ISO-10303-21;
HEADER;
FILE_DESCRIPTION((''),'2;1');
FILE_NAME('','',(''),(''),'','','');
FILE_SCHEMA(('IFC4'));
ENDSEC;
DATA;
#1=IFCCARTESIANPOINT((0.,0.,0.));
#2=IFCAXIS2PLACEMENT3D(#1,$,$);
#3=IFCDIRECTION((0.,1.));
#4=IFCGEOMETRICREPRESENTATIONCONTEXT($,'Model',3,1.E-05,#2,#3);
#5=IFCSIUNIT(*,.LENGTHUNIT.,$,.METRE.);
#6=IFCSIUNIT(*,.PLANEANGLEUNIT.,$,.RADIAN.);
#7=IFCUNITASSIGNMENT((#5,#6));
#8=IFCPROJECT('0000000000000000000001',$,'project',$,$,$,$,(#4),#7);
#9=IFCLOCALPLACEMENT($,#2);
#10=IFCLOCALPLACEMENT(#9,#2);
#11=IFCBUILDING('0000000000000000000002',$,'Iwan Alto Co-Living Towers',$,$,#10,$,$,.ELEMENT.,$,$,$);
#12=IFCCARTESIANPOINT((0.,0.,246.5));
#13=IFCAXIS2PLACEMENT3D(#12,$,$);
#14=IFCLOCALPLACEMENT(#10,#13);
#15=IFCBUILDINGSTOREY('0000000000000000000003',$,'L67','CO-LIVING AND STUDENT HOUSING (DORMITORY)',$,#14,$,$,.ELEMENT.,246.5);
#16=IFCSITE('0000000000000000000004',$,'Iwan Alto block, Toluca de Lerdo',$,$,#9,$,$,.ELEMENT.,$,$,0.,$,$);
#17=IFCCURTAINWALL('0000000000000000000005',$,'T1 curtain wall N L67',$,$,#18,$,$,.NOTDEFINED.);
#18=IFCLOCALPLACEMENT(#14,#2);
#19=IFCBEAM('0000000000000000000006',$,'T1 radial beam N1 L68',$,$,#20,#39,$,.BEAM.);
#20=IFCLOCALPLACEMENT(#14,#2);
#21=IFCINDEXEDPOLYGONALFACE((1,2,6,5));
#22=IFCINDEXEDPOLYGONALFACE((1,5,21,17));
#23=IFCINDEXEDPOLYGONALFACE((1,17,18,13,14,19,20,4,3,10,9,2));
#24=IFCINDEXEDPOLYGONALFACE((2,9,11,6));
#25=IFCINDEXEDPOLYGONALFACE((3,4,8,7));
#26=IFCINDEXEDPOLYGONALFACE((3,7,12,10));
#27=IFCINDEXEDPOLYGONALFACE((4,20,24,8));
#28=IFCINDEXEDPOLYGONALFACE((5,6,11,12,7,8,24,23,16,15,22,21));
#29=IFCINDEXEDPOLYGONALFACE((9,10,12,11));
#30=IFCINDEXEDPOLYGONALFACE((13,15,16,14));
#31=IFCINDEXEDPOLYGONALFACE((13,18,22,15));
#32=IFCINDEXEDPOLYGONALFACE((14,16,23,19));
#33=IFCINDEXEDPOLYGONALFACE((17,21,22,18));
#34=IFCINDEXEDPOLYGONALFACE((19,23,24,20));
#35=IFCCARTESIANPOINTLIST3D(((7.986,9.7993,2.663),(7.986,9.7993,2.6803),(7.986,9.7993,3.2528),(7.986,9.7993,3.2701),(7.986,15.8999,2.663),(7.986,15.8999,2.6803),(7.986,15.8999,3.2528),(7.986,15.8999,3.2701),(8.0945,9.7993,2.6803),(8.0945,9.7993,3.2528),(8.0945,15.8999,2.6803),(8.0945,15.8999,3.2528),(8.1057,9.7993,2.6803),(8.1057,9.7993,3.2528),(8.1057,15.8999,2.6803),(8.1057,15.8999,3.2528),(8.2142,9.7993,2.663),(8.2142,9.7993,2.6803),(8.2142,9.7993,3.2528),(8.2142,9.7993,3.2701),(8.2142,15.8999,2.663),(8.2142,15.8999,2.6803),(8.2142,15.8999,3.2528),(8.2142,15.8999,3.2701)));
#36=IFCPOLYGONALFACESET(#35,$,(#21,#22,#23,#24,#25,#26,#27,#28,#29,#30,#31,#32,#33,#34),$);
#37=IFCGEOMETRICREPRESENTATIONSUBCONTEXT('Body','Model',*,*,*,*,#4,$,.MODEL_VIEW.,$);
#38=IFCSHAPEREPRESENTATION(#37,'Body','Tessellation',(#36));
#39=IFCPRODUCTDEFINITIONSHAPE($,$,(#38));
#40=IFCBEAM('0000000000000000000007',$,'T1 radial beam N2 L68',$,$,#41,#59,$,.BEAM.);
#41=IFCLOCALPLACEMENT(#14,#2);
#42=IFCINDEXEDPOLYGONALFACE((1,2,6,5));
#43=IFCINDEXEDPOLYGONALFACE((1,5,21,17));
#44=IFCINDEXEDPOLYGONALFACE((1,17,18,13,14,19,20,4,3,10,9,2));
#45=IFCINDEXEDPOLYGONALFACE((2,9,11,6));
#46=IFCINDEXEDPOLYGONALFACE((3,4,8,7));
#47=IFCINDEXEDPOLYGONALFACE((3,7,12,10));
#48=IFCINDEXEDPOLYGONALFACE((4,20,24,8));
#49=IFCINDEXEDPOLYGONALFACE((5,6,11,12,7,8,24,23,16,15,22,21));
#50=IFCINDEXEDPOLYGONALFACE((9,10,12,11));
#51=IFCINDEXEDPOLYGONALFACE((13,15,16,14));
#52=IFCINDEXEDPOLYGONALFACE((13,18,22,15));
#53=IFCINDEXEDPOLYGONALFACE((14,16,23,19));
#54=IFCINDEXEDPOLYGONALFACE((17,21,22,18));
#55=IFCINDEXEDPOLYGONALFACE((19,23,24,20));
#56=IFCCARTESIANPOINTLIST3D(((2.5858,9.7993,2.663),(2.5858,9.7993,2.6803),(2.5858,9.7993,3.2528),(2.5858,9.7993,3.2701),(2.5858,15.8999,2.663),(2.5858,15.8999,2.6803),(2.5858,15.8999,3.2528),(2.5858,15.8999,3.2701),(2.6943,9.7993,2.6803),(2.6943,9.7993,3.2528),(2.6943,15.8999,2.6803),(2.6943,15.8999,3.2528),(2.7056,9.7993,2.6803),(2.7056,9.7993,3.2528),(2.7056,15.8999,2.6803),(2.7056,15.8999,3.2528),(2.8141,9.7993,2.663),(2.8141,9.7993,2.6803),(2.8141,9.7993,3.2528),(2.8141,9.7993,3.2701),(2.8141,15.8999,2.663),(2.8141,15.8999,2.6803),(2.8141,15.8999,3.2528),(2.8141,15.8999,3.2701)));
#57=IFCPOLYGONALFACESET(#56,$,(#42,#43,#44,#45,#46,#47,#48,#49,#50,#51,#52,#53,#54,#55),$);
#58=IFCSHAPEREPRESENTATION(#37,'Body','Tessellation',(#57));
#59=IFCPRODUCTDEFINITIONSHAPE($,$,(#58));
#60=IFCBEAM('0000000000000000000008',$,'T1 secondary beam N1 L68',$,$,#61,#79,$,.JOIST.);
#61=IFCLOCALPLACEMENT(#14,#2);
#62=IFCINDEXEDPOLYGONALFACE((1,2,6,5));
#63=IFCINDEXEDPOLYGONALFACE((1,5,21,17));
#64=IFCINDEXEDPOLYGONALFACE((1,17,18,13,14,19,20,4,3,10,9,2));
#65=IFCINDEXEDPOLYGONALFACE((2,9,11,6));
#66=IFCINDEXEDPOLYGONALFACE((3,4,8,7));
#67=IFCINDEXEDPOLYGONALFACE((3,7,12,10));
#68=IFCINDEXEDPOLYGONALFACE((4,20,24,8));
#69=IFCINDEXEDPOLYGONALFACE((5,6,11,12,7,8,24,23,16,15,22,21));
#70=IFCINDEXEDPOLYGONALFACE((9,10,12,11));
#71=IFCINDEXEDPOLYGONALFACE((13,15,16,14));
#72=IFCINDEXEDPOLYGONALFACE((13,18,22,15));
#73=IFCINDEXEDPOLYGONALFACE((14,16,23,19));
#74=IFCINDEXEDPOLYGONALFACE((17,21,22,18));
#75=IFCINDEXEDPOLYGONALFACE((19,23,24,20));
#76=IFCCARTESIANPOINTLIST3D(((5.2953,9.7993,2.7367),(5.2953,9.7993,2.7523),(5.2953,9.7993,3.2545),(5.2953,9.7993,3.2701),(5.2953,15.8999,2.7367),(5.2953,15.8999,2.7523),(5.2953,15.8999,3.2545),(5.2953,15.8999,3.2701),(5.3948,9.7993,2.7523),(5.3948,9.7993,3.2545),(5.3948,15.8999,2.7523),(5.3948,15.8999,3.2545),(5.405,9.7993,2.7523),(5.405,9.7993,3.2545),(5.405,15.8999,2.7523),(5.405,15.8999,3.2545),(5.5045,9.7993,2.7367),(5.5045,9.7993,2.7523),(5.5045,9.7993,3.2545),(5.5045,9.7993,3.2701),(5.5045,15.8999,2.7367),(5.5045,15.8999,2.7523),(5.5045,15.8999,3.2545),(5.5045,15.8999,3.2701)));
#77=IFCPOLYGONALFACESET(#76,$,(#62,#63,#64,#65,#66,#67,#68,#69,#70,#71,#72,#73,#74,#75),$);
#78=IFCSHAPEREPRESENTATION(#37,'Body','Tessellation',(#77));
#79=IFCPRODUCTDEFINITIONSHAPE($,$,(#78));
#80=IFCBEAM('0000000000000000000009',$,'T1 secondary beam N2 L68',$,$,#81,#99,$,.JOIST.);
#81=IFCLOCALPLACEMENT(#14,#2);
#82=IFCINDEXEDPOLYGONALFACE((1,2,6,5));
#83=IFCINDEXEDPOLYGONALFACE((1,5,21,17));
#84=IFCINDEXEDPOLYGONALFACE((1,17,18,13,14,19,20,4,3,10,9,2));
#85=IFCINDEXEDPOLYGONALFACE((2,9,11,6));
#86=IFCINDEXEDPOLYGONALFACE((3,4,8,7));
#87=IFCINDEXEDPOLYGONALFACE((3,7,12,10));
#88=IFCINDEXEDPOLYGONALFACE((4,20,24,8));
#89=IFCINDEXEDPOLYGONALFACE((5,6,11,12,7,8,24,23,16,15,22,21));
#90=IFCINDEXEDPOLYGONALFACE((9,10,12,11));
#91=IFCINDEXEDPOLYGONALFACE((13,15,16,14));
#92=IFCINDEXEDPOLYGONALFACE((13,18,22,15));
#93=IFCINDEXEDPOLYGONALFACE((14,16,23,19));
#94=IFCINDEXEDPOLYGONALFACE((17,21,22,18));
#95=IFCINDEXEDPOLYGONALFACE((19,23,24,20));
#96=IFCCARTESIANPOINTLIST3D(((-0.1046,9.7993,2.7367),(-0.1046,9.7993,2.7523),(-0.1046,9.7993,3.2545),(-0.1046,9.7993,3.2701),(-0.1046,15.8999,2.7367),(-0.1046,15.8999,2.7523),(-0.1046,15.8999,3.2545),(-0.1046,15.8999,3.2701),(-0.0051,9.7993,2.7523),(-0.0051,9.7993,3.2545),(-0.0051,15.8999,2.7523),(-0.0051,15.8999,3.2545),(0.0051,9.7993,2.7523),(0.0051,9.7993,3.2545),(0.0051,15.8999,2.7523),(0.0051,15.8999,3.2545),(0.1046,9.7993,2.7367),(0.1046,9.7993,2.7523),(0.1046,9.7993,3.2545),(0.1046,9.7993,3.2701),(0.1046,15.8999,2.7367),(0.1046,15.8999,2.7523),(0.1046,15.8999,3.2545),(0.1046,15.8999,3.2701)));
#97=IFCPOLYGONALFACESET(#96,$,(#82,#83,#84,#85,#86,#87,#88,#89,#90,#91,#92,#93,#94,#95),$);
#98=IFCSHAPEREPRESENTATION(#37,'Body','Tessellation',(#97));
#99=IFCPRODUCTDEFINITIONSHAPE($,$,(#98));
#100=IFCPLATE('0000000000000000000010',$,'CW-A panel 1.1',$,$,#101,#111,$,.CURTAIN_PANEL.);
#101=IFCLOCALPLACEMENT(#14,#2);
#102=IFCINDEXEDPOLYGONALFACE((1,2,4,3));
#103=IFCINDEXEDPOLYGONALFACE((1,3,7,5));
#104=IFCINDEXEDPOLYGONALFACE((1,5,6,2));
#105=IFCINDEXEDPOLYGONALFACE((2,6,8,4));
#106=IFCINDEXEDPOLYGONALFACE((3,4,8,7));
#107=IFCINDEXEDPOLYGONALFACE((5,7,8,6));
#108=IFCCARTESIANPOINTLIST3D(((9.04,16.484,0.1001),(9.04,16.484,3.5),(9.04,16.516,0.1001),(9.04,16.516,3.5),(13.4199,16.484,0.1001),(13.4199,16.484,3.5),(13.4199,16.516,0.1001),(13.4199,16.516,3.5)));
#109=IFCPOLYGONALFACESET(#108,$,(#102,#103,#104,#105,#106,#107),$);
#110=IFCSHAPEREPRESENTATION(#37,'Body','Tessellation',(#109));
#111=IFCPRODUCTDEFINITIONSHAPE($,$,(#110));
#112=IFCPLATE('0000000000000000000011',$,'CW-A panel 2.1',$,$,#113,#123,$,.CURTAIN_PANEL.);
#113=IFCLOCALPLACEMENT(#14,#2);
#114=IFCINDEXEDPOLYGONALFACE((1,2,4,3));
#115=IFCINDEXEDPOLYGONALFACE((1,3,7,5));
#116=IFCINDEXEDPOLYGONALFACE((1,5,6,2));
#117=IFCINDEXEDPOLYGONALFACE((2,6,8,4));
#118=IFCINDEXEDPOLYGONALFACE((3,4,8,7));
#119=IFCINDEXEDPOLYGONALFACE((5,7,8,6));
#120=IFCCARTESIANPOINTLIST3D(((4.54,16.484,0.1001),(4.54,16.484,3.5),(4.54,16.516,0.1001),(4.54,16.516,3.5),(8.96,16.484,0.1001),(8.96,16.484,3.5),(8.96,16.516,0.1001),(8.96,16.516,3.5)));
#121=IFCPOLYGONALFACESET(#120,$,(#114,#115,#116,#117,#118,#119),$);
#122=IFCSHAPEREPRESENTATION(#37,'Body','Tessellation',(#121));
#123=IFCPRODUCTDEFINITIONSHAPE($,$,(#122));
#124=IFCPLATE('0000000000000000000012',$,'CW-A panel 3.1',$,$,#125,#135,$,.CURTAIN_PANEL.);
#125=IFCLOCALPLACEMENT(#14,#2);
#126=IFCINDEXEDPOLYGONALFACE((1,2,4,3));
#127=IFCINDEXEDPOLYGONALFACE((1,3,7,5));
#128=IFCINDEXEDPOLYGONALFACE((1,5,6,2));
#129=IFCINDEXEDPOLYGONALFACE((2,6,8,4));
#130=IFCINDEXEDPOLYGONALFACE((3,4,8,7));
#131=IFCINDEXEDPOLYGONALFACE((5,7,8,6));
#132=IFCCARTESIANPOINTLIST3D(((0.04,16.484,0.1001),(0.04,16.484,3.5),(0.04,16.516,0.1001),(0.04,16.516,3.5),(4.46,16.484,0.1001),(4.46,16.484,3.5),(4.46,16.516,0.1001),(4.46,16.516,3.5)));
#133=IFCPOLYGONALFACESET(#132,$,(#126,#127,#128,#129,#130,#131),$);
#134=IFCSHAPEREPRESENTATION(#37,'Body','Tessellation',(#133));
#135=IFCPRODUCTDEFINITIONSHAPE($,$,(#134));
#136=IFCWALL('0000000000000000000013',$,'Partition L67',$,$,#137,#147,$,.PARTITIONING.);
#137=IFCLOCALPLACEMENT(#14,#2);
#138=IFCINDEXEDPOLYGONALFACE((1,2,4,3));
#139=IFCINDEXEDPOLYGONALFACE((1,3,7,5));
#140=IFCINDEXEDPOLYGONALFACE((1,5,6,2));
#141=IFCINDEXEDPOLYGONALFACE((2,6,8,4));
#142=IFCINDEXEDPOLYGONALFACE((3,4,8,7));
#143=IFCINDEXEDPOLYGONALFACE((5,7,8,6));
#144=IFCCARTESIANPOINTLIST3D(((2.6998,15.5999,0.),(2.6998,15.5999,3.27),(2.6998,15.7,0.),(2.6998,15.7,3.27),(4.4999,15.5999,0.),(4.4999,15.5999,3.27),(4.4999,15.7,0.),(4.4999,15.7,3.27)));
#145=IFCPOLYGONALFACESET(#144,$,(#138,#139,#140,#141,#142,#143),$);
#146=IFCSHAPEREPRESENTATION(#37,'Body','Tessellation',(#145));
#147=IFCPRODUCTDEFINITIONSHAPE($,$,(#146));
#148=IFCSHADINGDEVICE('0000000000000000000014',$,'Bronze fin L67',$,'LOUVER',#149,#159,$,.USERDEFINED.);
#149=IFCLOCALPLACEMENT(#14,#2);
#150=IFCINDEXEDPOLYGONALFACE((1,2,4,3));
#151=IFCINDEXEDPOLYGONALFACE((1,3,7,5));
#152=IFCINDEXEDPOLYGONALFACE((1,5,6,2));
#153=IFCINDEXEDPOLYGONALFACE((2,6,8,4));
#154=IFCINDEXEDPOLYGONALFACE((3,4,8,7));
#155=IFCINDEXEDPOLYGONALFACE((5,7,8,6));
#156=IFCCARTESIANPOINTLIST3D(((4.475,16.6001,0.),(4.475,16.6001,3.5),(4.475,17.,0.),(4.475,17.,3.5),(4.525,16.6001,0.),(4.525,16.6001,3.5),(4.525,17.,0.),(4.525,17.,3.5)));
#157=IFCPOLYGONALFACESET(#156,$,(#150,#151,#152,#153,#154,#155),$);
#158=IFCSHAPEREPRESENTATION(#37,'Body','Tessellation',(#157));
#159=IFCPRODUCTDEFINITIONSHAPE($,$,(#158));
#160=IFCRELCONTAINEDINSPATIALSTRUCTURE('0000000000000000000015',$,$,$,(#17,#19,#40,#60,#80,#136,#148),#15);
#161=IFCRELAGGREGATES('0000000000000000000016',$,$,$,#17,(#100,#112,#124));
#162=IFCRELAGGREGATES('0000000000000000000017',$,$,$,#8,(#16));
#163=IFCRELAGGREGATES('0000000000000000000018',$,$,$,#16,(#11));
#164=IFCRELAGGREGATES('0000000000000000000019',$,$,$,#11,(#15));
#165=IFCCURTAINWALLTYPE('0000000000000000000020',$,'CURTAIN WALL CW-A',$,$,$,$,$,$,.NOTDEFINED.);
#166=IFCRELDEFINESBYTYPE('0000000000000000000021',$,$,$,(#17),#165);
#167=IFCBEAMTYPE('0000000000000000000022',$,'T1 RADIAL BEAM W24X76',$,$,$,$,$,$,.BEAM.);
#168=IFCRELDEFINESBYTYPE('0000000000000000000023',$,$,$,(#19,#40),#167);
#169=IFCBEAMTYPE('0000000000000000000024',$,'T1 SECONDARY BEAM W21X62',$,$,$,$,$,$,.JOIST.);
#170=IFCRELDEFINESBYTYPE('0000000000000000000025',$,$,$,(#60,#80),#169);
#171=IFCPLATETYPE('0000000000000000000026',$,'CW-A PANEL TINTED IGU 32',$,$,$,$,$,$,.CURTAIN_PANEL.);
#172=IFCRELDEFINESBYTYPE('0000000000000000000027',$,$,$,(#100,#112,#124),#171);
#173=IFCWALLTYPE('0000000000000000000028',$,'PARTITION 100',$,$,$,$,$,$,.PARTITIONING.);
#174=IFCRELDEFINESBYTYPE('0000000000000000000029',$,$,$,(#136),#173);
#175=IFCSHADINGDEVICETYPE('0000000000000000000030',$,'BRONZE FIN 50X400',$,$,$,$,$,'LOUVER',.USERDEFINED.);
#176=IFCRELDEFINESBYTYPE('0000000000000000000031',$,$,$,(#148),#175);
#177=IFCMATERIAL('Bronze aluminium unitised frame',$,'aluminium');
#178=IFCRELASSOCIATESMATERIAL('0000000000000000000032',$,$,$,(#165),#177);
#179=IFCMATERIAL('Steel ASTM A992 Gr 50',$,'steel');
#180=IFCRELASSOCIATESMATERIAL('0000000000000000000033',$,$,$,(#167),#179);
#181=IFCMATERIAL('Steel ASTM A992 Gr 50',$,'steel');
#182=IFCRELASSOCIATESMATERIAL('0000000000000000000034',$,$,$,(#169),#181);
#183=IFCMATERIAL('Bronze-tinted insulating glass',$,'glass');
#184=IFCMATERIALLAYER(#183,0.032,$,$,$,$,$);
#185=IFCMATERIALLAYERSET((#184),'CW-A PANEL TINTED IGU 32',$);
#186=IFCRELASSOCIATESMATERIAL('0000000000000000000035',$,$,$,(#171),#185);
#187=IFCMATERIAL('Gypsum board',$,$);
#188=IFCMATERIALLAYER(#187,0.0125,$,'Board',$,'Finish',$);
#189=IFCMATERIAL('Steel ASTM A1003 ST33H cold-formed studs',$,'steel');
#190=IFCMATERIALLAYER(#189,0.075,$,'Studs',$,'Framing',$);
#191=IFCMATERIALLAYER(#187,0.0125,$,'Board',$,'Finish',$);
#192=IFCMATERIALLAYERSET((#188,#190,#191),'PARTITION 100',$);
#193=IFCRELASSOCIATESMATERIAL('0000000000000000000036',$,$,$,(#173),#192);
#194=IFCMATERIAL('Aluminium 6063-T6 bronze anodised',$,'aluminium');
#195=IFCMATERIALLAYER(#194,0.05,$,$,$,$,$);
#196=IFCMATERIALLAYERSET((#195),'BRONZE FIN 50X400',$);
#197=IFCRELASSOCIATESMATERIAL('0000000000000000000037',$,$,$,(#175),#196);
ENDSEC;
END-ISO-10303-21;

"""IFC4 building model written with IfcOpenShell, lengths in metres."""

from ifc_helpers import new_model, si_unit, direction, frame, frame_2d, origin, origin_2d, place, context, subcontext, project, spatial, rectangle, i_section, extrude, material, layer, layer_set, material_profile, profile_set, type_object, element, aggregate, save


model = new_model("IFC4")

# Units and contexts
model_context = context("Model", 3, precision=1e-05, world=origin(), true_north=direction((0.0, 1.0)))
body_context = subcontext(model_context, "Body", "Model", "MODEL_VIEW")
ifc_project = project(units=[si_unit("LENGTHUNIT", "METRE"), si_unit("PLANEANGLEUNIT", "RADIAN")], contexts=[model_context])

# Site, building, storey
site_placement = place(None, origin())
site = spatial("IfcSite", under=ifc_project, at=site_placement, Name="Iwan Alto block, Toluca de Lerdo", CompositionType="ELEMENT", RefElevation=0.0)
building_placement = place(site_placement, origin())
building = spatial("IfcBuilding", under=site, at=building_placement, Name="Iwan Alto Co-Living Towers", CompositionType="ELEMENT")
storey_placement = place(building_placement, frame((0.0, 0.0, 246.5)))
storey = spatial("IfcBuildingStorey", under=building, at=storey_placement, Name="L67", Description="CO-LIVING AND STUDENT HOUSING (DORMITORY)", CompositionType="ELEMENT", Elevation=246.5)

# Curtain wall
ifc_material_1 = material(Name="Bronze aluminium unitised frame", Category="aluminium")
curtain_wall_type = type_object("IfcCurtainWallType", Name="CURTAIN WALL CW-A", PredefinedType="NOTDEFINED", material=ifc_material_1)
curtain_wall_placement = place(storey_placement, origin())
curtain_wall = element("IfcCurtainWall", 1, at=curtain_wall_placement, inside=storey, type_object=curtain_wall_type, Name="T1 curtain wall N L67", PredefinedType="NOTDEFINED")

# Beams
ifc_material_2 = material(Name="Steel ASTM A992 Gr 50", Category="steel")
ifc_material_profile_1 = material_profile(ifc_material_2, i_section(OverallWidth=0.2283, OverallDepth=0.6072, WebThickness=0.0112, FlangeThickness=0.0173, at=origin_2d()), Name="W24X76")
ifc_profile_set_1 = profile_set([ifc_material_profile_1], Name="Steel ASTM A992 Gr 50")
beam_type_1 = type_object("IfcBeamType", Name="T1 RADIAL BEAM W24X76", PredefinedType="BEAM", material=ifc_profile_set_1)
for number, where, z_axis, x_axis, name in (
    (2, (8.1001, 15.8999, 2.9666), (0.0, -1.0, 0.0), (1.0, 0.0, 0.0), "T1 radial beam N1 L68"),
    (3, (2.7, 15.8999, 2.9666), (0.0, -1.0, 0.0), (1.0, 0.0, 0.0), "T1 radial beam N2 L68"),
):
    element("IfcBeam", number, at=place(storey_placement, frame(where, z_axis=z_axis, x_axis=x_axis)), inside=storey, type_object=beam_type_1, Name=name, PredefinedType="BEAM", context=body_context, shape_type="SweptSolid", body=[
        extrude(i_section(OverallWidth=0.2283, OverallDepth=0.6072, WebThickness=0.0112, FlangeThickness=0.0173, at=origin_2d()), origin(), (0.0, 0.0, 1.0), 6.1006),
    ])
ifc_material_3 = material(Name="Steel ASTM A992 Gr 50", Category="steel")
ifc_material_profile_2 = material_profile(ifc_material_3, i_section(OverallWidth=0.2092, OverallDepth=0.5334, WebThickness=0.0103, FlangeThickness=0.0156, at=origin_2d()), Name="W21X62")
ifc_profile_set_2 = profile_set([ifc_material_profile_2], Name="Steel ASTM A992 Gr 50")
beam_type_2 = type_object("IfcBeamType", Name="T1 SECONDARY BEAM W21X62", PredefinedType="JOIST", material=ifc_profile_set_2)
for number, where, z_axis, x_axis, name in (
    (4, (5.3999, 15.8999, 3.0034), (0.0, -1.0, 0.0), (1.0, 0.0, 0.0), "T1 secondary beam N1 L68"),
    (5, (0.0, 15.8999, 3.0034), (0.0, -1.0, 0.0), (1.0, 0.0, 0.0), "T1 secondary beam N2 L68"),
):
    element("IfcBeam", number, at=place(storey_placement, frame(where, z_axis=z_axis, x_axis=x_axis)), inside=storey, type_object=beam_type_2, Name=name, PredefinedType="JOIST", context=body_context, shape_type="SweptSolid", body=[
        extrude(i_section(OverallWidth=0.2092, OverallDepth=0.5334, WebThickness=0.0103, FlangeThickness=0.0156, at=origin_2d()), origin(), (0.0, 0.0, 1.0), 6.1006),
    ])

# Plates
ifc_material_4 = material(Name="Bronze-tinted insulating glass", Category="glass")
ifc_layer_1 = layer(ifc_material_4, 0.032)
ifc_layer_set_1 = layer_set([ifc_layer_1], Name="CW-A PANEL TINTED IGU 32")
plate_type = type_object("IfcPlateType", Name="CW-A PANEL TINTED IGU 32", PredefinedType="CURTAIN_PANEL", material=ifc_layer_set_1)
plate_1_placement = place(storey_placement, frame((11.23, 16.5, 0.1001), z_axis=(0.0, 0.0, 1.0), x_axis=(-1.0, 0.0, 0.0)))
plate_1 = element("IfcPlate", 6, at=plate_1_placement, type_object=plate_type, Name="CW-A panel 1.1", PredefinedType="CURTAIN_PANEL", context=body_context, shape_type="SweptSolid", body=[
    extrude(rectangle(XDim=4.3799, YDim=0.032, at=origin_2d()), origin(), (0.0, 0.0, 1.0), 3.3999),
])
plate_2_placement = place(storey_placement, frame((6.75, 16.5, 0.1001), z_axis=(0.0, 0.0, 1.0), x_axis=(-1.0, 0.0, 0.0)))
plate_2 = element("IfcPlate", 7, at=plate_2_placement, type_object=plate_type, Name="CW-A panel 2.1", PredefinedType="CURTAIN_PANEL", context=body_context, shape_type="SweptSolid", body=[
    extrude(rectangle(XDim=4.4199, YDim=0.032, at=origin_2d()), origin(), (0.0, 0.0, 1.0), 3.3999),
])
plate_3_placement = place(storey_placement, frame((2.25, 16.5, 0.1001), z_axis=(0.0, 0.0, 1.0), x_axis=(-1.0, 0.0, 0.0)))
plate_3 = element("IfcPlate", 8, at=plate_3_placement, type_object=plate_type, Name="CW-A panel 3.1", PredefinedType="CURTAIN_PANEL", context=body_context, shape_type="SweptSolid", body=[
    extrude(rectangle(XDim=4.4199, YDim=0.032, at=origin_2d()), origin(), (0.0, 0.0, 1.0), 3.3999),
])
aggregate(curtain_wall, [plate_1, plate_2, plate_3])

# Wall
ifc_material_5 = material(Name="Gypsum board")
ifc_layer_2 = layer(ifc_material_5, 0.0125, Name="Board", Category="Finish")
ifc_material_6 = material(Name="Steel ASTM A1003 ST33H cold-formed studs", Category="steel")
ifc_layer_3 = layer(ifc_material_6, 0.075, Name="Studs", Category="Framing")
ifc_layer_4 = layer(ifc_material_5, 0.0125, Name="Board", Category="Finish")
ifc_layer_set_2 = layer_set([ifc_layer_2, ifc_layer_3, ifc_layer_4], Name="PARTITION 100")
wall_type = type_object("IfcWallType", Name="PARTITION 100", PredefinedType="PARTITIONING", material=ifc_layer_set_2)
wall_placement = place(storey_placement, frame((2.7, 15.6499, 0.0), z_axis=(0.0, 0.0, 1.0), x_axis=(1.0, 0.0, 0.0)))
element("IfcWall", 9, at=wall_placement, inside=storey, type_object=wall_type, Name="Partition L67", PredefinedType="PARTITIONING", context=body_context, shape_type="SweptSolid", body=[
    extrude(rectangle(XDim=1.8, YDim=0.1001, at=frame_2d((0.8999, 0.0))), origin(), (0.0, 0.0, 1.0), 3.27),
])

# Shading device
ifc_material_7 = material(Name="Aluminium 6063-T6 bronze anodised", Category="aluminium")
ifc_layer_5 = layer(ifc_material_7, 0.05)
ifc_layer_set_3 = layer_set([ifc_layer_5], Name="BRONZE FIN 50X400")
shading_device_type = type_object("IfcShadingDeviceType", Name="BRONZE FIN 50X400", ElementType="LOUVER", PredefinedType="USERDEFINED", material=ifc_layer_set_3)
shading_device_placement = place(storey_placement, frame((4.5, 16.8, 0.0), z_axis=(0.0, 0.0, 1.0), x_axis=(-1.0, 0.0, 0.0)))
element("IfcShadingDevice", 10, at=shading_device_placement, inside=storey, type_object=shading_device_type, Name="Bronze fin L67", ObjectType="LOUVER", PredefinedType="USERDEFINED", context=body_context, shape_type="SweptSolid", body=[
    extrude(rectangle(XDim=0.05, YDim=0.3999, at=origin_2d()), origin(), (0.0, 0.0, 1.0), 3.5),
])

save(model, "model.ifc")
